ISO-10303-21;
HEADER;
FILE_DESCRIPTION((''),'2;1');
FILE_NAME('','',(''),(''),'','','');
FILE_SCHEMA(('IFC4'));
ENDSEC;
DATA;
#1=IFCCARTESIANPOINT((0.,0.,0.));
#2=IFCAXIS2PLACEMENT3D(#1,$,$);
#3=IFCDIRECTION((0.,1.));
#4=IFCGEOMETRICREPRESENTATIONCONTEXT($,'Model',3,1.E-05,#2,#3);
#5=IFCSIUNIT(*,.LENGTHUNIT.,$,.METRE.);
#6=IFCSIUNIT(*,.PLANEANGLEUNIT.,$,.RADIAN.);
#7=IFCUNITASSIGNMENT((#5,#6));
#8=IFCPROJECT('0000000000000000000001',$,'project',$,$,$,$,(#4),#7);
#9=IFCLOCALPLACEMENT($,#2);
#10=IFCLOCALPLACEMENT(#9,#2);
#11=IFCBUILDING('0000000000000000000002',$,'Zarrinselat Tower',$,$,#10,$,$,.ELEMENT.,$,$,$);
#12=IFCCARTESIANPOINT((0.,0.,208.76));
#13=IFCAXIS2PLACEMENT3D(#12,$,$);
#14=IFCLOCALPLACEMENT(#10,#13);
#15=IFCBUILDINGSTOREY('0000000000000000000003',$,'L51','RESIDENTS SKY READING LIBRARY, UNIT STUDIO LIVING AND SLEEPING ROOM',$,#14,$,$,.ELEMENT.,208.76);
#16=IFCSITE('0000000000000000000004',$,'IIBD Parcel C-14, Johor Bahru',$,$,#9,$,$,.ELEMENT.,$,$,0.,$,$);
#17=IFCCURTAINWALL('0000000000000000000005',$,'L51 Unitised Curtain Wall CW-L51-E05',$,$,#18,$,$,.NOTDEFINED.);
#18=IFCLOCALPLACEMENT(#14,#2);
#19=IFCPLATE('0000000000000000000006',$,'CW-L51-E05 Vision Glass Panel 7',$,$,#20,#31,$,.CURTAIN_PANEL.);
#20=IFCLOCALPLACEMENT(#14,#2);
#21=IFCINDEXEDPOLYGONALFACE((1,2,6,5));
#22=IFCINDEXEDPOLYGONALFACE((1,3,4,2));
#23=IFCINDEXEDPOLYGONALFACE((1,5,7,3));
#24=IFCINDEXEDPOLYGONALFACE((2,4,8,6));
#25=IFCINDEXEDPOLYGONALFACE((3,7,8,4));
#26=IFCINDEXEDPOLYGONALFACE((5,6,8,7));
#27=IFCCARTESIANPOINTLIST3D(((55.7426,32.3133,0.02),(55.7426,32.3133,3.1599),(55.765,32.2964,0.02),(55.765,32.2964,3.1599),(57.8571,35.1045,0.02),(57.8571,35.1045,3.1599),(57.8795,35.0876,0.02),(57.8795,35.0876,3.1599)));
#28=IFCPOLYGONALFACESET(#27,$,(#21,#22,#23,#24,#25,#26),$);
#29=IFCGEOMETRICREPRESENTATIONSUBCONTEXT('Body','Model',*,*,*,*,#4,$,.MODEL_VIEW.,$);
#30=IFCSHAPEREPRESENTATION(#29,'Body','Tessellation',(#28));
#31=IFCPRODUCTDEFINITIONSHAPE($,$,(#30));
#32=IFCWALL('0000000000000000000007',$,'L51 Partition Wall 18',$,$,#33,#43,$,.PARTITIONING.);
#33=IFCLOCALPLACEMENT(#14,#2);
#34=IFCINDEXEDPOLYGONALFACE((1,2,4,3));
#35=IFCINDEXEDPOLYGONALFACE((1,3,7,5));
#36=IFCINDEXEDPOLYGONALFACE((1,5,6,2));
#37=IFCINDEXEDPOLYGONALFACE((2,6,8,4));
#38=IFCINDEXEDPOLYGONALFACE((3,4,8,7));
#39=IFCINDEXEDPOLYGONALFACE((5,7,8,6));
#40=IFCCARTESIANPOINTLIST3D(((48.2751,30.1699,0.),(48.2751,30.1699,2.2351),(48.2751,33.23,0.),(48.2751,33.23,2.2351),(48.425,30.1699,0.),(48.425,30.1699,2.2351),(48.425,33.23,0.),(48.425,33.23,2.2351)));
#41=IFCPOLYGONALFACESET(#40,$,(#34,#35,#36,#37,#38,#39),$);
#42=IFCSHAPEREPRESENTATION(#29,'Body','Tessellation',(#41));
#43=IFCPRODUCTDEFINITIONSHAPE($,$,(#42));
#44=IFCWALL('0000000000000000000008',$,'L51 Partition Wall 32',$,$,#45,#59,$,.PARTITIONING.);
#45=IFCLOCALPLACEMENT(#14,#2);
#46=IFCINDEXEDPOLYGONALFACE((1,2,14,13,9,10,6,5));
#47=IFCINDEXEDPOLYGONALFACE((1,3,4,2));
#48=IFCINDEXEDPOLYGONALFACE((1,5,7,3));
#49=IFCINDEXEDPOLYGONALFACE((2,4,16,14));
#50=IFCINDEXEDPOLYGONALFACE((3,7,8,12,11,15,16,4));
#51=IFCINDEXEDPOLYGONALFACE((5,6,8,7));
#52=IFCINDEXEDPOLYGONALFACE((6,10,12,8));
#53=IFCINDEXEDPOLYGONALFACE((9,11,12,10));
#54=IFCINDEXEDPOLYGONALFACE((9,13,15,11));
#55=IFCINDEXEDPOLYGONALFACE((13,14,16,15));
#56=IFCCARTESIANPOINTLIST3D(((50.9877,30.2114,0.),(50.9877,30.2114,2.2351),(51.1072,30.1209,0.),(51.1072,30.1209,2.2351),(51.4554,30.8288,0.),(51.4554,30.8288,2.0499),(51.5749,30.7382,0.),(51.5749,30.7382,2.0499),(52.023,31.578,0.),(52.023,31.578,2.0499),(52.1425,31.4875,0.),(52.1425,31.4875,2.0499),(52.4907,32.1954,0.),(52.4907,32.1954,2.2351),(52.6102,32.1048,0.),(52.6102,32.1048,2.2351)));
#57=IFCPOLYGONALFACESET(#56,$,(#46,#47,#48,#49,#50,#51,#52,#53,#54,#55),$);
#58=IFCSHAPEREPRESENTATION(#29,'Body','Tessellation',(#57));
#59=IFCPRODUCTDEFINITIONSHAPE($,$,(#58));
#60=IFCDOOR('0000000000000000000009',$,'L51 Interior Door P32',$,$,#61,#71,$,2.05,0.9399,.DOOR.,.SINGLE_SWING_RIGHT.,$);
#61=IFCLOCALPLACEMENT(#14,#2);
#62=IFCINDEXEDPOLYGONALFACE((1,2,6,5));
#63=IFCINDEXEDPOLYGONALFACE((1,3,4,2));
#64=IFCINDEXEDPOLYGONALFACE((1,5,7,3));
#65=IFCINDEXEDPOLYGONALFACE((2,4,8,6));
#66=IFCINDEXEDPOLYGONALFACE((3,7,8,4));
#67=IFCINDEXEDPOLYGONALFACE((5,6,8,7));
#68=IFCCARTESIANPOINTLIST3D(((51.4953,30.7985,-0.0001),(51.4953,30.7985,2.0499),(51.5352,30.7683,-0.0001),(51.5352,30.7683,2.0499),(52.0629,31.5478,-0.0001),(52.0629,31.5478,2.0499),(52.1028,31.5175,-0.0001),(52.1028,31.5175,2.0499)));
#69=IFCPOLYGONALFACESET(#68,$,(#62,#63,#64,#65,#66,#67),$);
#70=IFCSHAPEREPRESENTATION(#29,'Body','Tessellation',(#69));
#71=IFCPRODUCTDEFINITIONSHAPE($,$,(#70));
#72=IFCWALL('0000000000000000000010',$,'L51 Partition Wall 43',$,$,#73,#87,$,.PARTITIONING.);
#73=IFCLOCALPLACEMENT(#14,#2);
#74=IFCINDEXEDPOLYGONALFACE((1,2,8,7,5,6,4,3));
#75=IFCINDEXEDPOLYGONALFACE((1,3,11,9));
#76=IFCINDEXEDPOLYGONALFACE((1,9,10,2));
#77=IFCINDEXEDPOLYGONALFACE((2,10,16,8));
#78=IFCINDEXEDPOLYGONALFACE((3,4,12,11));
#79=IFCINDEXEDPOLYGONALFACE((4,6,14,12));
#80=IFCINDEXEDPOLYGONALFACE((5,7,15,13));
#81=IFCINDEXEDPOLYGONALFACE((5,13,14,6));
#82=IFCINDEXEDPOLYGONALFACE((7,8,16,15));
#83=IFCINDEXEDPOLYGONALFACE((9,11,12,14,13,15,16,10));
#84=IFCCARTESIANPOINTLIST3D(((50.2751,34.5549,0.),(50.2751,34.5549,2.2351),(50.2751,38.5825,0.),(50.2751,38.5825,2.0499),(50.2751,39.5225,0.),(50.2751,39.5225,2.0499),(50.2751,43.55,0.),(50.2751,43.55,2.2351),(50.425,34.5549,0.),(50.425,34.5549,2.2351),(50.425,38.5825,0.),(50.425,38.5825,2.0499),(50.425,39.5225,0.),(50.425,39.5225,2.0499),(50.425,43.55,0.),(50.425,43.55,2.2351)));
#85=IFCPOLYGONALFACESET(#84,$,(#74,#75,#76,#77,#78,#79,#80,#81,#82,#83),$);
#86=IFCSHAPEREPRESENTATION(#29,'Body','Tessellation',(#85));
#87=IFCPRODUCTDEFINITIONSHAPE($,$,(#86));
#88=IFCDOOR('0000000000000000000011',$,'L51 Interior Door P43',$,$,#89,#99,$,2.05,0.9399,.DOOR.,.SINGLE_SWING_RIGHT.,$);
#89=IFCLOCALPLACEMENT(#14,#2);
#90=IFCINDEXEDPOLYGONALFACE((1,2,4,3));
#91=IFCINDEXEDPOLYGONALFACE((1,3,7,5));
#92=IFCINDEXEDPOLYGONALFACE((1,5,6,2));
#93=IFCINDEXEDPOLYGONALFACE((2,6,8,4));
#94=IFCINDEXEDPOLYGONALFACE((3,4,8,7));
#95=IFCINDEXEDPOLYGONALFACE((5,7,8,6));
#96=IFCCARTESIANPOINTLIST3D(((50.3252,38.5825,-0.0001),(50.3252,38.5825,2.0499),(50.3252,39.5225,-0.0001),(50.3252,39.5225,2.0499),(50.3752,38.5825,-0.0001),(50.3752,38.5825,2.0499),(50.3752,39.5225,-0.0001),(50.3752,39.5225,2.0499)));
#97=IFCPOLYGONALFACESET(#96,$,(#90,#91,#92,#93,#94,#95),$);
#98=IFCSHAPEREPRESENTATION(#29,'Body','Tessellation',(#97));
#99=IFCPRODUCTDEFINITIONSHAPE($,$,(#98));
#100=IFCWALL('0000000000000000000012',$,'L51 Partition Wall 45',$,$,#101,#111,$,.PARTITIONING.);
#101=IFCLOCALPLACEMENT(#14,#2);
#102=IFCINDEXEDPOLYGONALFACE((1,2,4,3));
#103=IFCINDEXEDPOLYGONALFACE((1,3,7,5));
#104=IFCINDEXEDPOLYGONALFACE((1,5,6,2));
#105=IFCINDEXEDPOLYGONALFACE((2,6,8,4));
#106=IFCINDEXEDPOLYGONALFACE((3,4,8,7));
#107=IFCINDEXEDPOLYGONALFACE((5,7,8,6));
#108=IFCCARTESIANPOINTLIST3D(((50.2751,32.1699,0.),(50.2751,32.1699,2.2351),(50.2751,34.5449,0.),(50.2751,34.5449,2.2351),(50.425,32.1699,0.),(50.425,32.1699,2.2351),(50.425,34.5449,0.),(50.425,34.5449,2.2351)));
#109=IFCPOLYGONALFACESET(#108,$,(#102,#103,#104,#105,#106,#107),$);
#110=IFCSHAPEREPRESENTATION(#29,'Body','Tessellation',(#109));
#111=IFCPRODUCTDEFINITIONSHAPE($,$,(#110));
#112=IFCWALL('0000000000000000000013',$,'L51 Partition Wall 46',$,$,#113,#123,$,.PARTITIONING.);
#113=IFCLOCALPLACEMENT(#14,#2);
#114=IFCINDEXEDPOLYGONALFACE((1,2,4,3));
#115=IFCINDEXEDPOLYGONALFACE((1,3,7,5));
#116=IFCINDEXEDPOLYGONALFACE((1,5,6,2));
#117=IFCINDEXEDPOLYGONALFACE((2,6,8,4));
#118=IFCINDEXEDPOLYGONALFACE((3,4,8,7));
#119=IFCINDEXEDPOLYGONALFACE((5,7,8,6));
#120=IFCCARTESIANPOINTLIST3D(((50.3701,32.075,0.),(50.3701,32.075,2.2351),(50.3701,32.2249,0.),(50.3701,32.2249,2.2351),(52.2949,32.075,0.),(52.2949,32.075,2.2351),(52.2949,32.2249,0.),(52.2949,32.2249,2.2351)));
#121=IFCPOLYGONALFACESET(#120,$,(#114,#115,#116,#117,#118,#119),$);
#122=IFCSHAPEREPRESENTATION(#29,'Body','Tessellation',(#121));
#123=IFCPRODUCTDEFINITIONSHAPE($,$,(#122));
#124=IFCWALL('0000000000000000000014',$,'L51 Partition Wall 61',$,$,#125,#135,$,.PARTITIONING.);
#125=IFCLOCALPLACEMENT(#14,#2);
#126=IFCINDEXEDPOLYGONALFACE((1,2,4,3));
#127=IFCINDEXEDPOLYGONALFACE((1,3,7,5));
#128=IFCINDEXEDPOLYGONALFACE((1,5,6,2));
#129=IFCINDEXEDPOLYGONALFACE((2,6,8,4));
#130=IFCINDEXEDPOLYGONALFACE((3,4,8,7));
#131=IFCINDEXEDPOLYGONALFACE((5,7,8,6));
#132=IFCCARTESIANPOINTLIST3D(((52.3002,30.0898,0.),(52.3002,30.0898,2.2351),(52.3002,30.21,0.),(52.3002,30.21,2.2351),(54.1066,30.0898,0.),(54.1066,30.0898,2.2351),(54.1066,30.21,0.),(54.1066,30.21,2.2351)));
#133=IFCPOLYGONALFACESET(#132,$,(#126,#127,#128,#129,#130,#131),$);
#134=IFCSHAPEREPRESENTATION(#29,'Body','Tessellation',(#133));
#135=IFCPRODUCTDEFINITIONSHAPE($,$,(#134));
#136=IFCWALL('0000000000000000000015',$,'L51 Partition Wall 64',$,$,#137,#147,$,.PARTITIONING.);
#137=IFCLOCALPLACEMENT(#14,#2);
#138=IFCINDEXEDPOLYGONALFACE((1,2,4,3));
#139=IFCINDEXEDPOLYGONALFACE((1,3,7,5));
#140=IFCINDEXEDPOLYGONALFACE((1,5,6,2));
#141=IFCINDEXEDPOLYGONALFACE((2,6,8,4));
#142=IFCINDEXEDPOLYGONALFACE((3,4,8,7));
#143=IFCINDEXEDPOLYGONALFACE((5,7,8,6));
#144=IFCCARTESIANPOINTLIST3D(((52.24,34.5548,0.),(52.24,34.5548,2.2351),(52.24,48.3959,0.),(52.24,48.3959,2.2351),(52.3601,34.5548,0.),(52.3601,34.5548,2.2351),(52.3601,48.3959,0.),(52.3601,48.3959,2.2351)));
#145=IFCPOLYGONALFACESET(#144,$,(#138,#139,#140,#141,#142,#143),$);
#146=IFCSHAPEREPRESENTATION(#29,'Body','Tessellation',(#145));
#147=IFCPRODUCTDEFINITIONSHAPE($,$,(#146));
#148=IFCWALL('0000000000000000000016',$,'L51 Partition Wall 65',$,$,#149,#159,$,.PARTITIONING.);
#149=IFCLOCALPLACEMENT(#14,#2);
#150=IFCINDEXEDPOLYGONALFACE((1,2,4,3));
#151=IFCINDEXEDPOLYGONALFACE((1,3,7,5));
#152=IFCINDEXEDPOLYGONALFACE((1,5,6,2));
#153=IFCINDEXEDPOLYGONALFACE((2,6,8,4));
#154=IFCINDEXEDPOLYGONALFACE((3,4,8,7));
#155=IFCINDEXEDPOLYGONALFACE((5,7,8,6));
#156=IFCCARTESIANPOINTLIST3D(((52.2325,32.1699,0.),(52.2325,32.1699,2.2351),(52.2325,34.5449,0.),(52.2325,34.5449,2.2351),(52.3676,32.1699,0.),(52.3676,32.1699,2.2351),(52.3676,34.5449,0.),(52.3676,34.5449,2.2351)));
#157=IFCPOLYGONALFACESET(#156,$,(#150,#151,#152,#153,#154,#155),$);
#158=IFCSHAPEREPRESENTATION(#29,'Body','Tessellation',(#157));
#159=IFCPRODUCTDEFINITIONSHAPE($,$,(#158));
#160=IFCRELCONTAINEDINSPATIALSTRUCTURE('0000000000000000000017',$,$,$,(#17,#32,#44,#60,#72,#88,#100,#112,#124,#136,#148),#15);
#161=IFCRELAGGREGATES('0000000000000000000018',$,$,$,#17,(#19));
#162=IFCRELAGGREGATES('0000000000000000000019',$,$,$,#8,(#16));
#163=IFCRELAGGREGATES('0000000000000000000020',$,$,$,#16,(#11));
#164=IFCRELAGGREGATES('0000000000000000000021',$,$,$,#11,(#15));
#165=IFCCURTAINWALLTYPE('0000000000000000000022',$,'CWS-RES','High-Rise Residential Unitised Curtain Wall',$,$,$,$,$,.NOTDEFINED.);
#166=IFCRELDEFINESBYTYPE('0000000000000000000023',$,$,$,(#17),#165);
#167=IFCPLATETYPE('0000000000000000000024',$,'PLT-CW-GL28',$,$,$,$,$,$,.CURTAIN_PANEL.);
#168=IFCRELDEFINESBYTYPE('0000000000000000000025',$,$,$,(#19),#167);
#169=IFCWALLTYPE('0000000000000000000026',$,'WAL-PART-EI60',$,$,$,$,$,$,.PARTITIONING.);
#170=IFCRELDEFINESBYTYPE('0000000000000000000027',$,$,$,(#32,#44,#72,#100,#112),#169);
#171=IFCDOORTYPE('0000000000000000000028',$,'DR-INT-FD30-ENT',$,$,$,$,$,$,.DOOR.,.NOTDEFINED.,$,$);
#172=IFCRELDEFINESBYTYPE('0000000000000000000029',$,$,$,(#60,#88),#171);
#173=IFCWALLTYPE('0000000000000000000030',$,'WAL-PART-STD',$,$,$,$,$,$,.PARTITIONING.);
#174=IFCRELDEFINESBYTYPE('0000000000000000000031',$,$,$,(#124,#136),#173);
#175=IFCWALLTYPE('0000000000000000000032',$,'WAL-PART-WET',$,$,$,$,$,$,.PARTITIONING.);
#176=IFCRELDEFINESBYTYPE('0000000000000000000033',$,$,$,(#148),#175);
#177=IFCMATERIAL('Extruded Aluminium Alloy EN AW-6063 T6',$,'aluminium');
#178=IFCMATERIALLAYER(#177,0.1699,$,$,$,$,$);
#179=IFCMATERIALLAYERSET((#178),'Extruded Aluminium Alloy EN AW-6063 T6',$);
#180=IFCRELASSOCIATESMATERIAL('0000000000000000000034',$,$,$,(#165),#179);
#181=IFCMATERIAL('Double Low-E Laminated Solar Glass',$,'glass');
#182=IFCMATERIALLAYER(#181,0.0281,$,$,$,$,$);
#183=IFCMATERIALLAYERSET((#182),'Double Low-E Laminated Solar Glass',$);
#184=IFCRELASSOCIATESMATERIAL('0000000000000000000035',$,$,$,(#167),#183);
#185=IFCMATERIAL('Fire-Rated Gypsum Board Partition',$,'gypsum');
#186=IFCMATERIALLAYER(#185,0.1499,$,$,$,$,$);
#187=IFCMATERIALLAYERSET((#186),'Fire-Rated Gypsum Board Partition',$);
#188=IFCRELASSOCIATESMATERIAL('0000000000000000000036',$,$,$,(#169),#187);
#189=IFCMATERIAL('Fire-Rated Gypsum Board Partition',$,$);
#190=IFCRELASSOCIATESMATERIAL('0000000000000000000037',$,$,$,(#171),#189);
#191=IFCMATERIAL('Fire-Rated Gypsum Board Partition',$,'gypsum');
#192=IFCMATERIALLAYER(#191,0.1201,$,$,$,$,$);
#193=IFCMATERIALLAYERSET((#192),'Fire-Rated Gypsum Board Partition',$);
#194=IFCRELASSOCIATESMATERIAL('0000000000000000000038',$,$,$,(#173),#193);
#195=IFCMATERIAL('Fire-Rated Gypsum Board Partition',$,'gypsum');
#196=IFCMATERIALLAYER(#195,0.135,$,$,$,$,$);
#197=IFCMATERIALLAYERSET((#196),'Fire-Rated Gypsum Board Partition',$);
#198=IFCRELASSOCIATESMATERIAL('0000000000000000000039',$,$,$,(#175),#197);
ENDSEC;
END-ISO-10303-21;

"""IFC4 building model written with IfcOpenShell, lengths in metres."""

from ifc_helpers import new_model, si_unit, direction, frame, frame_2d, origin, origin_2d, place, context, subcontext, project, spatial, rectangle, extrude, material, layer, layer_set, type_object, element, fill, aggregate, save


model = new_model("IFC4")

# Units and contexts
model_context = context("Model", 3, precision=1e-05, world=origin(), true_north=direction((0.0, 1.0)))
body_context = subcontext(model_context, "Body", "Model", "MODEL_VIEW")
ifc_project = project(units=[si_unit("LENGTHUNIT", "METRE"), si_unit("PLANEANGLEUNIT", "RADIAN")], contexts=[model_context])

# Site, building, storey
site_placement = place(None, origin())
site = spatial("IfcSite", under=ifc_project, at=site_placement, Name="IIBD Parcel C-14, Johor Bahru", CompositionType="ELEMENT", RefElevation=0.0)
building_placement = place(site_placement, origin())
building = spatial("IfcBuilding", under=site, at=building_placement, Name="Zarrinselat Tower", CompositionType="ELEMENT")
storey_placement = place(building_placement, frame((0.0, 0.0, 208.76)))
storey = spatial("IfcBuildingStorey", under=building, at=storey_placement, Name="L51", Description="RESIDENTS SKY READING LIBRARY, UNIT STUDIO LIVING AND SLEEPING ROOM", CompositionType="ELEMENT", Elevation=208.76)

# Curtain wall, plate
ifc_material_1 = material(Name="Extruded Aluminium Alloy EN AW-6063 T6", Category="aluminium")
ifc_layer_1 = layer(ifc_material_1, 0.1699)
ifc_layer_set_1 = layer_set([ifc_layer_1], Name="Extruded Aluminium Alloy EN AW-6063 T6")
curtain_wall_type = type_object("IfcCurtainWallType", Name="CWS-RES", Description="High-Rise Residential Unitised Curtain Wall", PredefinedType="NOTDEFINED", material=ifc_layer_set_1)
curtain_wall_placement = place(storey_placement, origin())
curtain_wall = element("IfcCurtainWall", 1, at=curtain_wall_placement, inside=storey, type_object=curtain_wall_type, Name="L51 Unitised Curtain Wall CW-L51-E05", PredefinedType="NOTDEFINED")
ifc_material_2 = material(Name="Double Low-E Laminated Solar Glass", Category="glass")
ifc_layer_2 = layer(ifc_material_2, 0.0281)
ifc_layer_set_2 = layer_set([ifc_layer_2], Name="Double Low-E Laminated Solar Glass")
plate_type = type_object("IfcPlateType", Name="PLT-CW-GL28", PredefinedType="CURTAIN_PANEL", material=ifc_layer_set_2)
plate_1_placement = place(storey_placement, frame((56.811, 33.7004, 0.02), z_axis=(0.0, 0.0, 1.0), x_axis=(0.603859, 0.797091, 0.0)))
plate_1 = element("IfcPlate", 2, at=plate_1_placement, type_object=plate_type, Name="CW-L51-E05 Vision Glass Panel 7", PredefinedType="CURTAIN_PANEL", context=body_context, shape_type="SweptSolid", body=[
    extrude(rectangle(XDim=3.5017, YDim=0.0281, at=origin_2d()), origin(), (0.0, 0.0, 1.0), 3.1399),
])
aggregate(curtain_wall, [plate_1])

# Wall
ifc_material_3 = material(Name="Fire-Rated Gypsum Board Partition", Category="gypsum")
ifc_layer_3 = layer(ifc_material_3, 0.1499)
ifc_layer_set_3 = layer_set([ifc_layer_3], Name="Fire-Rated Gypsum Board Partition")
wall_type_1 = type_object("IfcWallType", Name="WAL-PART-EI60", PredefinedType="PARTITIONING", material=ifc_layer_set_3)
wall_1_placement = place(storey_placement, frame((48.3501, 30.1699, 0.0), z_axis=(0.0, 0.0, 1.0), x_axis=(0.0, 1.0, 0.0)))
element("IfcWall", 3, at=wall_1_placement, inside=storey, type_object=wall_type_1, Name="L51 Partition Wall 18", PredefinedType="PARTITIONING", context=body_context, shape_type="SweptSolid", body=[
    extrude(rectangle(XDim=3.0601, YDim=0.1499, at=frame_2d((1.53, 0.0))), origin(), (0.0, 0.0, 1.0), 2.2351),
])

# Walls, openings, doors
wall_2_placement = place(storey_placement, frame((51.0474, 30.166, 0.0), z_axis=(0.0, 0.0, 1.0), x_axis=(0.603854, 0.797095, 0.0)))
wall_2 = element("IfcWall", 4, at=wall_2_placement, inside=storey, type_object=wall_type_1, Name="L51 Partition Wall 32", PredefinedType="PARTITIONING", context=body_context, shape_type="SweptSolid", body=[
    extrude(rectangle(XDim=2.489, YDim=0.1499, at=frame_2d((1.2446, 0.0))), origin(), (0.0, 0.0, 1.0), 2.2351),
])
opening_1_placement = place(wall_2_placement, frame((0.7747, 0.0, 0.0)))
opening_1 = element("IfcOpeningElement", 5, at=opening_1_placement, cuts=wall_2, PredefinedType="OPENING", context=body_context, shape_type="SweptSolid", body=[
    extrude(rectangle(XDim=0.9399, YDim=2.05, at=frame_2d((0.47, 1.0249))), frame((0.0, 0.085, 0.0), z_axis=(0.0, -1.0, 0.0), x_axis=(1.0, 0.0, 0.0)), (0.0, 0.0, 1.0), 0.1699),
])
ifc_material_4 = material(Name="Fire-Rated Gypsum Board Partition")
door_type_1 = type_object("IfcDoorType", Name="DR-INT-FD30-ENT", OperationType="NOTDEFINED", PredefinedType="DOOR", material=ifc_material_4)
door_1_placement = place(opening_1_placement, origin())
door_1 = element("IfcDoor", 6, at=door_1_placement, inside=storey, type_object=door_type_1, Name="L51 Interior Door P32", OperationType="SINGLE_SWING_RIGHT", OverallHeight=2.05, OverallWidth=0.9399, PredefinedType="DOOR", context=body_context, shape_type="SweptSolid", body=[
    extrude(rectangle(XDim=0.9399, YDim=2.05, at=frame_2d((0.47, 1.0249))), frame((0.0, 0.0249, 0.0), z_axis=(0.0, -1.0, 0.0), x_axis=(1.0, 0.0, 0.0)), (0.0, 0.0, 1.0), 0.05),
])
fill(opening_1, door_1)
wall_3_placement = place(storey_placement, frame((50.3501, 34.5549, 0.0), z_axis=(0.0, 0.0, 1.0), x_axis=(0.0, 1.0, 0.0)))
wall_3 = element("IfcWall", 7, at=wall_3_placement, inside=storey, type_object=wall_type_1, Name="L51 Partition Wall 43", PredefinedType="PARTITIONING", context=body_context, shape_type="SweptSolid", body=[
    extrude(rectangle(XDim=8.9951, YDim=0.1499, at=frame_2d((4.4976, 0.0))), origin(), (0.0, 0.0, 1.0), 2.2351),
])
opening_2_placement = place(wall_3_placement, frame((4.0276, 0.0, 0.0)))
opening_2 = element("IfcOpeningElement", 8, at=opening_2_placement, cuts=wall_3, PredefinedType="OPENING", context=body_context, shape_type="SweptSolid", body=[
    extrude(rectangle(XDim=0.9399, YDim=2.05, at=frame_2d((0.47, 1.0249))), frame((0.0, 0.085, 0.0), z_axis=(0.0, -1.0, 0.0), x_axis=(1.0, 0.0, 0.0)), (0.0, 0.0, 1.0), 0.1699),
])
door_2_placement = place(opening_2_placement, origin())
door_2 = element("IfcDoor", 9, at=door_2_placement, inside=storey, type_object=door_type_1, Name="L51 Interior Door P43", OperationType="SINGLE_SWING_RIGHT", OverallHeight=2.05, OverallWidth=0.9399, PredefinedType="DOOR", context=body_context, shape_type="SweptSolid", body=[
    extrude(rectangle(XDim=0.9399, YDim=2.05, at=frame_2d((0.47, 1.0249))), frame((0.0, 0.0249, 0.0), z_axis=(0.0, -1.0, 0.0), x_axis=(1.0, 0.0, 0.0)), (0.0, 0.0, 1.0), 0.05),
])
fill(opening_2, door_2)

# Walls
wall_4_placement = place(storey_placement, frame((50.3501, 32.1699, 0.0), z_axis=(0.0, 0.0, 1.0), x_axis=(0.0, 1.0, 0.0)))
element("IfcWall", 10, at=wall_4_placement, inside=storey, type_object=wall_type_1, Name="L51 Partition Wall 45", PredefinedType="PARTITIONING", context=body_context, shape_type="SweptSolid", body=[
    extrude(rectangle(XDim=2.375, YDim=0.1499, at=frame_2d((1.1875, 0.0))), origin(), (0.0, 0.0, 1.0), 2.2351),
])
wall_5_placement = place(storey_placement, frame((50.3701, 32.1499, 0.0), z_axis=(0.0, 0.0, 1.0), x_axis=(1.0, 0.0, 0.0)))
element("IfcWall", 11, at=wall_5_placement, inside=storey, type_object=wall_type_1, Name="L51 Partition Wall 46", PredefinedType="PARTITIONING", context=body_context, shape_type="SweptSolid", body=[
    extrude(rectangle(XDim=1.9248, YDim=0.1499, at=frame_2d((0.9624, 0.0))), origin(), (0.0, 0.0, 1.0), 2.2351),
])
ifc_material_5 = material(Name="Fire-Rated Gypsum Board Partition", Category="gypsum")
ifc_layer_4 = layer(ifc_material_5, 0.1201)
ifc_layer_set_4 = layer_set([ifc_layer_4], Name="Fire-Rated Gypsum Board Partition")
wall_type_2 = type_object("IfcWallType", Name="WAL-PART-STD", PredefinedType="PARTITIONING", material=ifc_layer_set_4)
wall_6_placement = place(storey_placement, frame((52.3, 30.1499, 0.0), z_axis=(0.0, 0.0, 1.0), x_axis=(1.0, 0.0, 0.0)))
element("IfcWall", 12, at=wall_6_placement, inside=storey, type_object=wall_type_2, Name="L51 Partition Wall 61", PredefinedType="PARTITIONING", context=body_context, shape_type="SweptSolid", body=[
    extrude(rectangle(XDim=1.8064, YDim=0.1201, at=frame_2d((0.9033, 0.0))), origin(), (0.0, 0.0, 1.0), 2.2351),
])
wall_7_placement = place(storey_placement, frame((52.3, 34.5549, 0.0), z_axis=(0.0, 0.0, 1.0), x_axis=(0.0, 1.0, 0.0)))
element("IfcWall", 13, at=wall_7_placement, inside=storey, type_object=wall_type_2, Name="L51 Partition Wall 64", PredefinedType="PARTITIONING", context=body_context, shape_type="SweptSolid", body=[
    extrude(rectangle(XDim=13.8411, YDim=0.1201, at=frame_2d((6.9204, 0.0))), origin(), (0.0, 0.0, 1.0), 2.2351),
])
ifc_material_6 = material(Name="Fire-Rated Gypsum Board Partition", Category="gypsum")
ifc_layer_5 = layer(ifc_material_6, 0.135)
ifc_layer_set_5 = layer_set([ifc_layer_5], Name="Fire-Rated Gypsum Board Partition")
wall_type_3 = type_object("IfcWallType", Name="WAL-PART-WET", PredefinedType="PARTITIONING", material=ifc_layer_set_5)
wall_8_placement = place(storey_placement, frame((52.3, 32.1699, 0.0), z_axis=(0.0, 0.0, 1.0), x_axis=(0.0, 1.0, 0.0)))
element("IfcWall", 14, at=wall_8_placement, inside=storey, type_object=wall_type_3, Name="L51 Partition Wall 65", PredefinedType="PARTITIONING", context=body_context, shape_type="SweptSolid", body=[
    extrude(rectangle(XDim=2.375, YDim=0.135, at=frame_2d((1.1875, 0.0))), origin(), (0.0, 0.0, 1.0), 2.2351),
])

save(model, "model.ifc")
